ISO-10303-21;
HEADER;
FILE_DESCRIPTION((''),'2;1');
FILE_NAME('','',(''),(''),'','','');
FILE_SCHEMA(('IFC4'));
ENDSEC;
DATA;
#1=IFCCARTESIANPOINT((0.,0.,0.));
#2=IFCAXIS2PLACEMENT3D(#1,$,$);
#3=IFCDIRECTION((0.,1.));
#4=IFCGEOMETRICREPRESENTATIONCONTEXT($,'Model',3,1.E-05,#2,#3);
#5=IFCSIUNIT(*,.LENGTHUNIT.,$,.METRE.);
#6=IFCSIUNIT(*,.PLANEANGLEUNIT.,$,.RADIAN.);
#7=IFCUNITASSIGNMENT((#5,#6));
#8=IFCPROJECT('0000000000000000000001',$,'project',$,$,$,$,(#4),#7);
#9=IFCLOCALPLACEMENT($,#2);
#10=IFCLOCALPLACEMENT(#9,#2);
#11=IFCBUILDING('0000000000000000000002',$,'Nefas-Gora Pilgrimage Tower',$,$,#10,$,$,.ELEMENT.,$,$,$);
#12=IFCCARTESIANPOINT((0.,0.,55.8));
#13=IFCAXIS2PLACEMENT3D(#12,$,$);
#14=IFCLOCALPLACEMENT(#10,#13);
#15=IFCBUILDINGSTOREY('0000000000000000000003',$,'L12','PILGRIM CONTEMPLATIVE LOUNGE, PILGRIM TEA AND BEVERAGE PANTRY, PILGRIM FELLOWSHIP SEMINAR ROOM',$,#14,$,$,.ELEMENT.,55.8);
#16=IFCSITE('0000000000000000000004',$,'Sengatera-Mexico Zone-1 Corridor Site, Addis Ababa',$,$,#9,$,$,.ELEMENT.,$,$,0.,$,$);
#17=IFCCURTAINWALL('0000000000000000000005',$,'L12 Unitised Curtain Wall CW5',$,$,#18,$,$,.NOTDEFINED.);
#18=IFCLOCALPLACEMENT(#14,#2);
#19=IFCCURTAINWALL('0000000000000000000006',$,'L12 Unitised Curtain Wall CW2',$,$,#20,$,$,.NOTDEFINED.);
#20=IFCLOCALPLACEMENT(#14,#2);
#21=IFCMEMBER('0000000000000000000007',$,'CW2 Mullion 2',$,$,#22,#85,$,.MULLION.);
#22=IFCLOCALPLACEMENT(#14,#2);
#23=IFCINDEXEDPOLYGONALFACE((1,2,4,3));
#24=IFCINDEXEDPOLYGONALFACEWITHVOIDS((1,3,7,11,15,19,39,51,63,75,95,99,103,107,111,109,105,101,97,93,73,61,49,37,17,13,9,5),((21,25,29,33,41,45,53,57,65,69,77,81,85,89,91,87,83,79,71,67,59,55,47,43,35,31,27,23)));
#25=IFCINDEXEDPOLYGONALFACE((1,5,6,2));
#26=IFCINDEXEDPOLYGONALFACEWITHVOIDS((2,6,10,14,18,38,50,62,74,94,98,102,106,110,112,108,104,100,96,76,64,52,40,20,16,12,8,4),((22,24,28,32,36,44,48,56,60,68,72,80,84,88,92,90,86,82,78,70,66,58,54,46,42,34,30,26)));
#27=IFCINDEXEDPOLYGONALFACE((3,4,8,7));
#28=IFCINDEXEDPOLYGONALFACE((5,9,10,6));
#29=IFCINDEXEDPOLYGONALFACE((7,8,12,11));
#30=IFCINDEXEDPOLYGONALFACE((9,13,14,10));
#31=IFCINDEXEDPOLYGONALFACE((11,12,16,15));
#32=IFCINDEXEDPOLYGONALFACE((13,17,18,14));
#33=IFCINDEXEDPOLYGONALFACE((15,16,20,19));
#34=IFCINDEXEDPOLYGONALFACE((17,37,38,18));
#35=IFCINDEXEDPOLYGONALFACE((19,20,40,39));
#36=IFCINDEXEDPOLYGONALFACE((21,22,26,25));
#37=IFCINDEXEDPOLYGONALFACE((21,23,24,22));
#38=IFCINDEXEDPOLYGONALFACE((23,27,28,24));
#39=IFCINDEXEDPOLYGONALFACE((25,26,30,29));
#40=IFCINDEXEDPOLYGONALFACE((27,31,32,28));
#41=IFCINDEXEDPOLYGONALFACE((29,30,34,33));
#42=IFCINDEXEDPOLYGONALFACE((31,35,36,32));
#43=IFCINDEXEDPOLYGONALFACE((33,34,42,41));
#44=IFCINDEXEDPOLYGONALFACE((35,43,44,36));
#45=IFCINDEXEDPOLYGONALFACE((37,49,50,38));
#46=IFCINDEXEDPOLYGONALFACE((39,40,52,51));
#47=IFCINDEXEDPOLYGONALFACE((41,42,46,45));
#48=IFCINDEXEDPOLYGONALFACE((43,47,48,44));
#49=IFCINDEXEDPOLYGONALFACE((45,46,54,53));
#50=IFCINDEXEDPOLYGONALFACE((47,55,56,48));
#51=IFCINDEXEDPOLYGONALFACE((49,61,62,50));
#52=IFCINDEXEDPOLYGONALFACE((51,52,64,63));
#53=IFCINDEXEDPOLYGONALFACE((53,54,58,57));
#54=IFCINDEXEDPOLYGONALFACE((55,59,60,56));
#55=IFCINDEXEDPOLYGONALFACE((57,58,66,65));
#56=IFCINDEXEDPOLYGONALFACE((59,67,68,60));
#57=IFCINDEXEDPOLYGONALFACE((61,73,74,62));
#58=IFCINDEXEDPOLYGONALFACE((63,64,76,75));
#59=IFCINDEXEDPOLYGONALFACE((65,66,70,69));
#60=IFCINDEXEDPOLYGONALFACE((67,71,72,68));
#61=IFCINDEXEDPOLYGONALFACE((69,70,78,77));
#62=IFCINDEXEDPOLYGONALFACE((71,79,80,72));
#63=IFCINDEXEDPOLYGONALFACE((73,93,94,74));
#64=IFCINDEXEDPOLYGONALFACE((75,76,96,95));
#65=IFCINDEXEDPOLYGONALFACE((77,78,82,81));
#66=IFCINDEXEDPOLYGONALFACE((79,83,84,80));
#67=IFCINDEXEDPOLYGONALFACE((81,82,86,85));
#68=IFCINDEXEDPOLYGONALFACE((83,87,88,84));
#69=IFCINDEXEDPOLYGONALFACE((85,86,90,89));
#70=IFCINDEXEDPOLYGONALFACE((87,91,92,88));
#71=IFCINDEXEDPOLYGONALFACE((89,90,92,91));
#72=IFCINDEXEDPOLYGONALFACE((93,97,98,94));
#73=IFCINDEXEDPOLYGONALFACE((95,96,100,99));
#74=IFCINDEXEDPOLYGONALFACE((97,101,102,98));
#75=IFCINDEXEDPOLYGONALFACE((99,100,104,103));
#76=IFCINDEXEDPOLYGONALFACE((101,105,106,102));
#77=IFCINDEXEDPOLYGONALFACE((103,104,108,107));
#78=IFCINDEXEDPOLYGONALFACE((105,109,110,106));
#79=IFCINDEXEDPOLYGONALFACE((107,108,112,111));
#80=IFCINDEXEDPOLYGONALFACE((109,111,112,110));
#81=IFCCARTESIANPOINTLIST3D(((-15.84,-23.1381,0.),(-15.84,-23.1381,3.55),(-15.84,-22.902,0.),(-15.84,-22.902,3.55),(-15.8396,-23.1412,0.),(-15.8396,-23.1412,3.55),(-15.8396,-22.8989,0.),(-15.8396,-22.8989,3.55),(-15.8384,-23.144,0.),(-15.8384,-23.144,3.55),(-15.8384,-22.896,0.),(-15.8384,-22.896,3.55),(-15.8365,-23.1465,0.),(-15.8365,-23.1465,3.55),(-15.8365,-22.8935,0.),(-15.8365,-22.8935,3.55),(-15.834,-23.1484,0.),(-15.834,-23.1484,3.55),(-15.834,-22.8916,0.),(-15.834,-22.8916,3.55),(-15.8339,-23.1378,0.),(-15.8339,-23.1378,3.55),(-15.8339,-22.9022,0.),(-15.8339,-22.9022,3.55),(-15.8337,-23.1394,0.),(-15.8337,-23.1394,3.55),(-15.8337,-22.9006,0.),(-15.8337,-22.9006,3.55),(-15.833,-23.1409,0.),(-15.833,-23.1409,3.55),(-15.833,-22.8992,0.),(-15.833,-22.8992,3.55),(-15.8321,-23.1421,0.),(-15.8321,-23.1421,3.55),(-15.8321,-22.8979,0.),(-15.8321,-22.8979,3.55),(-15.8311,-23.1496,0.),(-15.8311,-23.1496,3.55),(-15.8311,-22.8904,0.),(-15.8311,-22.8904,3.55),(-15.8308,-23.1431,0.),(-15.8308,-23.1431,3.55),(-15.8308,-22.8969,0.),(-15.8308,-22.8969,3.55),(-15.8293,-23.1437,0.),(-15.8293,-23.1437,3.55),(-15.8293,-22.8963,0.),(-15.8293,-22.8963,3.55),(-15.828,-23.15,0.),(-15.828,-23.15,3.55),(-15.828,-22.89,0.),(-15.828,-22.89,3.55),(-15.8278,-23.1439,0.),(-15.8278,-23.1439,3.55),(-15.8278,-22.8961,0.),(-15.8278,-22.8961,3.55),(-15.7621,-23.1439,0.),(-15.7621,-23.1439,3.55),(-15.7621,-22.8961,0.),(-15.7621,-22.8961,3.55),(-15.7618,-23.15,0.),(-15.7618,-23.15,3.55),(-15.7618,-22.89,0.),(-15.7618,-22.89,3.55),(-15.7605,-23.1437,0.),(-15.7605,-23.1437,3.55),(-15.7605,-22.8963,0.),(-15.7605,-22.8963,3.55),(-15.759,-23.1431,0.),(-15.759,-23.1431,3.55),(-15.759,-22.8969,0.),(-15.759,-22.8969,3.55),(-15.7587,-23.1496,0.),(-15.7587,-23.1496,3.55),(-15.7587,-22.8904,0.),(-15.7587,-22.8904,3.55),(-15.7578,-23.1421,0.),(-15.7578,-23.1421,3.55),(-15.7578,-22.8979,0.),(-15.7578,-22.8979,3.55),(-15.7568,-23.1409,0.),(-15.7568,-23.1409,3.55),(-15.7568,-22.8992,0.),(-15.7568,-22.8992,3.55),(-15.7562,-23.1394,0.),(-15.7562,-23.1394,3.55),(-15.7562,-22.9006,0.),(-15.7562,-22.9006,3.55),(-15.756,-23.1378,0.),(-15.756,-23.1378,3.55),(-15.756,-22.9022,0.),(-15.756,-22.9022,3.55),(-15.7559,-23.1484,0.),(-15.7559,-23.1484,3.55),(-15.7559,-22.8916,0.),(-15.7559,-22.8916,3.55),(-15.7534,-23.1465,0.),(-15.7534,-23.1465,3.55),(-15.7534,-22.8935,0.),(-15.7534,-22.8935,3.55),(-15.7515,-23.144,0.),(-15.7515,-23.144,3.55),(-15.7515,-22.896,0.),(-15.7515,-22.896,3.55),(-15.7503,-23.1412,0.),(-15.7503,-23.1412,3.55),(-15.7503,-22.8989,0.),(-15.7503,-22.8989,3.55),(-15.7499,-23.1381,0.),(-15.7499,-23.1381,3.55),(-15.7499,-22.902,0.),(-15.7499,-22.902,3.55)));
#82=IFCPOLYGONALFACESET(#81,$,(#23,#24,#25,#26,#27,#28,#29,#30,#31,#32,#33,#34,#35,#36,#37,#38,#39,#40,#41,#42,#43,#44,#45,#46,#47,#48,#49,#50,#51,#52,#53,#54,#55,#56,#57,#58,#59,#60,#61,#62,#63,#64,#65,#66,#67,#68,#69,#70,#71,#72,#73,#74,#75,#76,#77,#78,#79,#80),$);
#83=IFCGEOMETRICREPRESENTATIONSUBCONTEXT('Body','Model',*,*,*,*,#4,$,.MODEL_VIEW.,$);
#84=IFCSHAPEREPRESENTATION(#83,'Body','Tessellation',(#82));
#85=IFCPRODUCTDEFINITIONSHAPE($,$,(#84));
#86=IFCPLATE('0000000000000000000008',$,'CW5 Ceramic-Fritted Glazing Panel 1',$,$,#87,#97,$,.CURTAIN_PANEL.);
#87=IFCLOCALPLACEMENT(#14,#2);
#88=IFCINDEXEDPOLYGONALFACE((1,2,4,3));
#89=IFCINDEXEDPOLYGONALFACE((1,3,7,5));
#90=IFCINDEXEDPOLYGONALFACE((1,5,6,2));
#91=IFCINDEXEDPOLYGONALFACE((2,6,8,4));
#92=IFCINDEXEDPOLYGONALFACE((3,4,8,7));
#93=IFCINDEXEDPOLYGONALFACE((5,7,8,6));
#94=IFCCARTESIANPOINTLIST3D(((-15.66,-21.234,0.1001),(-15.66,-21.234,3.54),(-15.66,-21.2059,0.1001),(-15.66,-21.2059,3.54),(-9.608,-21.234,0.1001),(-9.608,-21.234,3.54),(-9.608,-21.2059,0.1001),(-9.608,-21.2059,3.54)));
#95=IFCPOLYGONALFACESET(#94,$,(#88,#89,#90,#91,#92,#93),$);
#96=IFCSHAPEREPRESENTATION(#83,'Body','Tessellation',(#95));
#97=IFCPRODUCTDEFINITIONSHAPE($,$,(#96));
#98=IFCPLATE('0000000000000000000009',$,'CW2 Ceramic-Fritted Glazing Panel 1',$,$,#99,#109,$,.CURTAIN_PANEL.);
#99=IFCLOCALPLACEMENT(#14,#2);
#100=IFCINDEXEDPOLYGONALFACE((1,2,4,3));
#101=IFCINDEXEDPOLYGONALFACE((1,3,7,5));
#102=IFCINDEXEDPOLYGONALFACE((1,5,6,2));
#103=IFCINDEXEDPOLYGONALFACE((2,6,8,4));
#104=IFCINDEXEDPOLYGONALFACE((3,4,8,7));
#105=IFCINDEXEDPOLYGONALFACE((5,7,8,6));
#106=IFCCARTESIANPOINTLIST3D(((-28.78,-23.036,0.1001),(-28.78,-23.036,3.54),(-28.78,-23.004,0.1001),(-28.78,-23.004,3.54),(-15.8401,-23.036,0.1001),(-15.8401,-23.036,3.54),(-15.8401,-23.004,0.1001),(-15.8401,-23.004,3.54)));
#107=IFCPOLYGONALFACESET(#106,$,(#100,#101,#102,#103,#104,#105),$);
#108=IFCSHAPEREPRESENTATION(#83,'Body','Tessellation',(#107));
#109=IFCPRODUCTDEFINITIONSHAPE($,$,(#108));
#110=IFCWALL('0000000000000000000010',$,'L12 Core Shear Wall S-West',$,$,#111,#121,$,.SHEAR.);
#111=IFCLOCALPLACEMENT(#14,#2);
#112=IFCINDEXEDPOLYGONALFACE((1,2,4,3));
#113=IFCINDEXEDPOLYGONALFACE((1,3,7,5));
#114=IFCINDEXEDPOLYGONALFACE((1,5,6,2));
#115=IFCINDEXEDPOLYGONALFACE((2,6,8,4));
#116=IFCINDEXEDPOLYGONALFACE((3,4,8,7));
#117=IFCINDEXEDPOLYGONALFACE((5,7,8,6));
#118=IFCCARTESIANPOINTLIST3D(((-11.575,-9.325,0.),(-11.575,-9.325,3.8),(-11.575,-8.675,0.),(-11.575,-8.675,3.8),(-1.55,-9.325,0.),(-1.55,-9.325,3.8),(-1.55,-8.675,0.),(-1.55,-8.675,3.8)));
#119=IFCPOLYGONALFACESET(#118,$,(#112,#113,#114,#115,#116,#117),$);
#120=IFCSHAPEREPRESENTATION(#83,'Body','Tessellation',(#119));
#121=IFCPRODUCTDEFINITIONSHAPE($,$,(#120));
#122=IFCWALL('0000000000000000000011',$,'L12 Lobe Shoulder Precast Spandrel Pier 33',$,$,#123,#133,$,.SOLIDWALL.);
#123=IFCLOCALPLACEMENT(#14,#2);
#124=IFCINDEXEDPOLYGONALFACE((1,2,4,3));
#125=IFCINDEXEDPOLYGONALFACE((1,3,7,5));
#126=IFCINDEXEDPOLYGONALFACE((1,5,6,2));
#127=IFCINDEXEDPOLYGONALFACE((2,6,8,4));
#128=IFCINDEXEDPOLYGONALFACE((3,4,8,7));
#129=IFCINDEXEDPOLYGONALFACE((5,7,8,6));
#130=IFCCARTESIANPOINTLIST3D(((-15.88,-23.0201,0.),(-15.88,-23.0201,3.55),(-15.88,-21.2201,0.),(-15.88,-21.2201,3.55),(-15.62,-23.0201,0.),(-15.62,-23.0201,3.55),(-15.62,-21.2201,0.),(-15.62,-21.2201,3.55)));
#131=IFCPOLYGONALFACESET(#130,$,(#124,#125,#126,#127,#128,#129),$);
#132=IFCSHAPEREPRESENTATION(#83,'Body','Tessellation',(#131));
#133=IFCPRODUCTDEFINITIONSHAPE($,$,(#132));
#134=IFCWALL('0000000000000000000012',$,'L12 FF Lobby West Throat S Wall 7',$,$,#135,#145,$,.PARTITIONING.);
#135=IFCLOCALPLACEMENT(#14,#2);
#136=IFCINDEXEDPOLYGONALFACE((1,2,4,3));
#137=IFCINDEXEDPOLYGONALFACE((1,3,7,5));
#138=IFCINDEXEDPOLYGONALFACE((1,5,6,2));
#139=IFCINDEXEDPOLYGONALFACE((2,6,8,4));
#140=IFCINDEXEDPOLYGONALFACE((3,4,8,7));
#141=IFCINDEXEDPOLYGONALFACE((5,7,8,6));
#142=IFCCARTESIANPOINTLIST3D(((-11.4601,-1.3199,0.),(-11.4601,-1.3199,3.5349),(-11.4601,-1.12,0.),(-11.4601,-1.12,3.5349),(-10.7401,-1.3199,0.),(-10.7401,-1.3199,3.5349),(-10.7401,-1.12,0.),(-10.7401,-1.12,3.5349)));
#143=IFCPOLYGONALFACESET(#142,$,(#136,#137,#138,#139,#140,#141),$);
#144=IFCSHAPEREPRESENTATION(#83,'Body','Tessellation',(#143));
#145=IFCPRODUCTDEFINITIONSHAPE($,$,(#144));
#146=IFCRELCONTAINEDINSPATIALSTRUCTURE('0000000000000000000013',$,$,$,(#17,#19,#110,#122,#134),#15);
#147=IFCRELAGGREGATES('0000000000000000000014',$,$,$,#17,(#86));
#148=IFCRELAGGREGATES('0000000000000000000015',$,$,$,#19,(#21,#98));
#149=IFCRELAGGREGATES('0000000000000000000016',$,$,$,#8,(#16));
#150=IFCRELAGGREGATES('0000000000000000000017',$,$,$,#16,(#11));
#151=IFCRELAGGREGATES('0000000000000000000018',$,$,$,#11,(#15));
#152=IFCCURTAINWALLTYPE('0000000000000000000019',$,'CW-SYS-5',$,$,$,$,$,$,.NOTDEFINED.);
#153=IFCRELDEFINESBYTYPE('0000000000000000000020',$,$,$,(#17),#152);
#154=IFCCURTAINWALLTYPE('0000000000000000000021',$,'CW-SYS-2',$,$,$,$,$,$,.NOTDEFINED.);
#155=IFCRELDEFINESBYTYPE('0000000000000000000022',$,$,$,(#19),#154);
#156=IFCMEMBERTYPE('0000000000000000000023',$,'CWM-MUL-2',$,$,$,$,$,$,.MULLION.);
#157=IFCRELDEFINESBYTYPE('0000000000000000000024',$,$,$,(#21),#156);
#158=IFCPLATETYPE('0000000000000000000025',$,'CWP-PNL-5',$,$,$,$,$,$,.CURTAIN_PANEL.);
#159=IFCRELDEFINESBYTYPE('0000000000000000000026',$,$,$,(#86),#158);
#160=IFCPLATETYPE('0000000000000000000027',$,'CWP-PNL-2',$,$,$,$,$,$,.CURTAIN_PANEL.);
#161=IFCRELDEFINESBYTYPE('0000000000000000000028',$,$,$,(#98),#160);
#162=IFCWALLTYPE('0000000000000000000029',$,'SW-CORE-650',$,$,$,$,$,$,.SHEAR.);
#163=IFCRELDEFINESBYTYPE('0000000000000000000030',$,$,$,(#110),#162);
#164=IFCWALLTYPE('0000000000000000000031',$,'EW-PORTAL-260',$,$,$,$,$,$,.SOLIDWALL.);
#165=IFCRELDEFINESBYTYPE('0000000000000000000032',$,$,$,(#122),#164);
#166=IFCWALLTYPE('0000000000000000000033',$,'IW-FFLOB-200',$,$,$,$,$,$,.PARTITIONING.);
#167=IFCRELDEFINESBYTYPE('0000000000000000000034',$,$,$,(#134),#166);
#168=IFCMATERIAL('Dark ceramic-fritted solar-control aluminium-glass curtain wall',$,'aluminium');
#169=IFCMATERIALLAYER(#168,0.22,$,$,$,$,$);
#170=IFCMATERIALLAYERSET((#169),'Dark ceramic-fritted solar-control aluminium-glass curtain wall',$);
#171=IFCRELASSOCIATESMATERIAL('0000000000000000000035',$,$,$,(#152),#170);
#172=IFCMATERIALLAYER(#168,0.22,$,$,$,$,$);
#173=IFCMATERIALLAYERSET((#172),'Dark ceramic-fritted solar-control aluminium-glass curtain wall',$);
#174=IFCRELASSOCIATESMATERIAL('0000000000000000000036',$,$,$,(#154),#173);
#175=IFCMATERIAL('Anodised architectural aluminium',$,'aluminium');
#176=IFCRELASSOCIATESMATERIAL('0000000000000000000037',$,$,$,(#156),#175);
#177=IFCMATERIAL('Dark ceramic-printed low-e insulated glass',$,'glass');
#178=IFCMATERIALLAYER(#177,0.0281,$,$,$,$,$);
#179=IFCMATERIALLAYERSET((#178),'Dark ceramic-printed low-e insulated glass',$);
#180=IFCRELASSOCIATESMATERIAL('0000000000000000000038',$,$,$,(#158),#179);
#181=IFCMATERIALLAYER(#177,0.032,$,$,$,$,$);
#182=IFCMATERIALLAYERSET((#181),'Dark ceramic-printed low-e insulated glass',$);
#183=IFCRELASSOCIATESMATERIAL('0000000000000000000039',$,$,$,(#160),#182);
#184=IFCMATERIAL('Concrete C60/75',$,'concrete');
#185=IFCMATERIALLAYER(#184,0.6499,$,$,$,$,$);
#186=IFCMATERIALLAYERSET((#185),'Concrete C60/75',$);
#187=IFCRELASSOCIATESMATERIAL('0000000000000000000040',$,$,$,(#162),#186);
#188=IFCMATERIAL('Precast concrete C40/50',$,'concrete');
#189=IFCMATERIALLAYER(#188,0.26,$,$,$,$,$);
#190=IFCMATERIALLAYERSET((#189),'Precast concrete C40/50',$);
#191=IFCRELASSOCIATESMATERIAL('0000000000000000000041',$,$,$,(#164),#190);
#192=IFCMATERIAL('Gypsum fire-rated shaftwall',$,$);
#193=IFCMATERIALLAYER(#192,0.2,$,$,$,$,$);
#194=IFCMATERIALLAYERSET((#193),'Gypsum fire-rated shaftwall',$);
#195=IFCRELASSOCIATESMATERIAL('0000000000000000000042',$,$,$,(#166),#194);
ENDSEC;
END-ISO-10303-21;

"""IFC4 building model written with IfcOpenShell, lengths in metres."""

from ifc_helpers import new_model, si_unit, direction, frame, frame_2d, origin, origin_2d, place, context, subcontext, project, spatial, rectangle, hollow_rectangle, extrude, source, transform, mapped, material, layer, layer_set, material_profile, profile_set, type_object, element, aggregate, save


model = new_model("IFC4")

# Units and contexts
model_context = context("Model", 3, precision=1e-05, world=origin(), true_north=direction((0.0, 1.0)))
body_context = subcontext(model_context, "Body", "Model", "MODEL_VIEW")
ifc_project = project(units=[si_unit("LENGTHUNIT", "METRE"), si_unit("PLANEANGLEUNIT", "RADIAN")], contexts=[model_context])

# Site, building, storey
site_placement = place(None, origin())
site = spatial("IfcSite", under=ifc_project, at=site_placement, Name="Sengatera-Mexico Zone-1 Corridor Site, Addis Ababa", CompositionType="ELEMENT", RefElevation=0.0)
building_placement = place(site_placement, origin())
building = spatial("IfcBuilding", under=site, at=building_placement, Name="Nefas-Gora Pilgrimage Tower", CompositionType="ELEMENT")
storey_placement = place(building_placement, frame((0.0, 0.0, 55.8)))
storey = spatial("IfcBuildingStorey", under=building, at=storey_placement, Name="L12", Description="PILGRIM CONTEMPLATIVE LOUNGE, PILGRIM TEA AND BEVERAGE PANTRY, PILGRIM FELLOWSHIP SEMINAR ROOM", CompositionType="ELEMENT", Elevation=55.8)

# Curtain wall
ifc_material_1 = material(Name="Dark ceramic-fritted solar-control aluminium-glass curtain wall", Category="aluminium")
ifc_layer_1 = layer(ifc_material_1, 0.22)
ifc_layer_set_1 = layer_set([ifc_layer_1], Name="Dark ceramic-fritted solar-control aluminium-glass curtain wall")
curtain_wall_type_1 = type_object("IfcCurtainWallType", Name="CW-SYS-5", PredefinedType="NOTDEFINED", material=ifc_layer_set_1)
curtain_wall_1_placement = place(storey_placement, origin())
curtain_wall_1 = element("IfcCurtainWall", 1, at=curtain_wall_1_placement, inside=storey, type_object=curtain_wall_type_1, Name="L12 Unitised Curtain Wall CW5", PredefinedType="NOTDEFINED")
ifc_material_2 = material(Name="Anodised architectural aluminium", Category="aluminium")

# Curtain wall, member
ifc_layer_2 = layer(ifc_material_1, 0.22)
ifc_layer_set_2 = layer_set([ifc_layer_2], Name="Dark ceramic-fritted solar-control aluminium-glass curtain wall")
curtain_wall_type_2 = type_object("IfcCurtainWallType", Name="CW-SYS-2", PredefinedType="NOTDEFINED", material=ifc_layer_set_2)
curtain_wall_2_placement = place(storey_placement, origin())
curtain_wall_2 = element("IfcCurtainWall", 2, at=curtain_wall_2_placement, inside=storey, type_object=curtain_wall_type_2, Name="L12 Unitised Curtain Wall CW2", PredefinedType="NOTDEFINED")
ifc_material_profile_1 = material_profile(ifc_material_2, hollow_rectangle(XDim=0.0901, YDim=0.26, WallThickness=0.0061, InnerFilletRadius=0.0061, OuterFilletRadius=0.012, at=origin_2d()), Name="ALU MULLION 90x260")
ifc_profile_set_1 = profile_set([ifc_material_profile_1], Name="Anodised architectural aluminium")
member_type_1 = type_object("IfcMemberType", Name="CWM-MUL-2", PredefinedType="MULLION", material=ifc_profile_set_1)
shared_shape_1 = source(origin(), body_context, "Body", "SweptSolid", [
    extrude(hollow_rectangle(XDim=0.0901, YDim=0.26, WallThickness=0.0061, InnerFilletRadius=0.0061, OuterFilletRadius=0.012, at=origin_2d()), origin(), (0.0, 0.0, 1.0), 3.55),
])
member_1_placement = place(storey_placement, frame((-15.7949, -23.02, 0.0), z_axis=(0.0, 0.0, 1.0), x_axis=(1.0, 0.0, 0.0)))
member_1 = element("IfcMember", 3, at=member_1_placement, type_object=member_type_1, Name="CW2 Mullion 2", PredefinedType="MULLION", context=body_context, shape_type="MappedRepresentation", body=[
    mapped(shared_shape_1, transform((0.0, 0.0, 0.0), x_axis=(1.0, 0.0, 0.0), y_axis=(0.0, 1.0, 0.0), z_axis=(0.0, 0.0, 1.0), scale=1.0)),
])

# Plates
ifc_material_3 = material(Name="Dark ceramic-printed low-e insulated glass", Category="glass")
ifc_layer_3 = layer(ifc_material_3, 0.0281)
ifc_layer_set_3 = layer_set([ifc_layer_3], Name="Dark ceramic-printed low-e insulated glass")
plate_type_1 = type_object("IfcPlateType", Name="CWP-PNL-5", PredefinedType="CURTAIN_PANEL", material=ifc_layer_set_3)
shared_shape_2 = source(origin(), body_context, "Body", "SweptSolid", [
    extrude(rectangle(XDim=6.052, YDim=0.0281, at=origin_2d()), origin(), (0.0, 0.0, 1.0), 3.4399),
])
plate_1_placement = place(storey_placement, frame((-12.634, -21.22, 0.1001), z_axis=(0.0, 0.0, 1.0), x_axis=(1.0, 0.0, 0.0)))
plate_1 = element("IfcPlate", 4, at=plate_1_placement, type_object=plate_type_1, Name="CW5 Ceramic-Fritted Glazing Panel 1", PredefinedType="CURTAIN_PANEL", context=body_context, shape_type="MappedRepresentation", body=[
    mapped(shared_shape_2, transform((0.0, 0.0, 0.0), x_axis=(1.0, 0.0, 0.0), y_axis=(0.0, 1.0, 0.0), z_axis=(0.0, 0.0, 1.0), scale=1.0)),
])
aggregate(curtain_wall_1, [plate_1])
ifc_layer_4 = layer(ifc_material_3, 0.032)
ifc_layer_set_4 = layer_set([ifc_layer_4], Name="Dark ceramic-printed low-e insulated glass")
plate_type_2 = type_object("IfcPlateType", Name="CWP-PNL-2", PredefinedType="CURTAIN_PANEL", material=ifc_layer_set_4)
shared_shape_3 = source(origin(), body_context, "Body", "SweptSolid", [
    extrude(rectangle(XDim=12.9399, YDim=0.032, at=origin_2d()), origin(), (0.0, 0.0, 1.0), 3.4399),
])
plate_2_placement = place(storey_placement, frame((-22.3101, -23.02, 0.1001), z_axis=(0.0, 0.0, 1.0), x_axis=(1.0, 0.0, 0.0)))
plate_2 = element("IfcPlate", 5, at=plate_2_placement, type_object=plate_type_2, Name="CW2 Ceramic-Fritted Glazing Panel 1", PredefinedType="CURTAIN_PANEL", context=body_context, shape_type="MappedRepresentation", body=[
    mapped(shared_shape_3, transform((0.0, 0.0, 0.0), x_axis=(1.0, 0.0, 0.0), y_axis=(0.0, 1.0, 0.0), z_axis=(0.0, 0.0, 1.0), scale=1.0)),
])
aggregate(curtain_wall_2, [member_1, plate_2])

# Walls
ifc_material_4 = material(Name="Concrete C60/75", Category="concrete")
ifc_layer_5 = layer(ifc_material_4, 0.6499)
ifc_layer_set_5 = layer_set([ifc_layer_5], Name="Concrete C60/75")
wall_type_1 = type_object("IfcWallType", Name="SW-CORE-650", PredefinedType="SHEAR", material=ifc_layer_set_5)
shared_shape_4 = source(origin(), body_context, "Body", "SweptSolid", [
    extrude(rectangle(XDim=10.0249, YDim=0.6499, at=frame_2d((5.0125, 0.0))), origin(), (0.0, 0.0, 1.0), 3.8),
])
wall_1_placement = place(storey_placement, frame((-11.575, -9.0, 0.0), z_axis=(0.0, 0.0, 1.0), x_axis=(1.0, 0.0, 0.0)))
element("IfcWall", 6, at=wall_1_placement, inside=storey, type_object=wall_type_1, Name="L12 Core Shear Wall S-West", PredefinedType="SHEAR", context=body_context, shape_type="MappedRepresentation", body=[
    mapped(shared_shape_4, transform((0.0, 0.0, 0.0), x_axis=(1.0, 0.0, 0.0), y_axis=(0.0, 1.0, 0.0), z_axis=(0.0, 0.0, 1.0), scale=1.0)),
])
ifc_material_5 = material(Name="Precast concrete C40/50", Category="concrete")
ifc_layer_6 = layer(ifc_material_5, 0.26)
ifc_layer_set_6 = layer_set([ifc_layer_6], Name="Precast concrete C40/50")
wall_type_2 = type_object("IfcWallType", Name="EW-PORTAL-260", PredefinedType="SOLIDWALL", material=ifc_layer_set_6)
shared_shape_5 = source(origin(), body_context, "Body", "SweptSolid", [
    extrude(rectangle(XDim=1.8, YDim=0.26, at=frame_2d((0.8999, 0.0))), origin(), (0.0, 0.0, 1.0), 3.55),
])
wall_2_placement = place(storey_placement, frame((-15.75, -23.02, 0.0), z_axis=(0.0, 0.0, 1.0), x_axis=(0.0, 1.0, 0.0)))
element("IfcWall", 7, at=wall_2_placement, inside=storey, type_object=wall_type_2, Name="L12 Lobe Shoulder Precast Spandrel Pier 33", PredefinedType="SOLIDWALL", context=body_context, shape_type="MappedRepresentation", body=[
    mapped(shared_shape_5, transform((0.0, 0.0, 0.0), x_axis=(1.0, 0.0, 0.0), y_axis=(0.0, 1.0, 0.0), z_axis=(0.0, 0.0, 1.0), scale=1.0)),
])

# Shared definitions
ifc_material_6 = material(Name="Gypsum fire-rated shaftwall")
ifc_layer_7 = layer(ifc_material_6, 0.2)
ifc_layer_set_7 = layer_set([ifc_layer_7], Name="Gypsum fire-rated shaftwall")
wall_type_3 = type_object("IfcWallType", Name="IW-FFLOB-200", PredefinedType="PARTITIONING", material=ifc_layer_set_7)

# Wall
shared_shape_6 = source(origin(), body_context, "Body", "SweptSolid", [
    extrude(rectangle(XDim=0.72, YDim=0.2, at=frame_2d((0.3599, 0.0))), origin(), (0.0, 0.0, 1.0), 3.5349),
])
wall_3_placement = place(storey_placement, frame((-11.46, -1.22, 0.0), z_axis=(0.0, 0.0, 1.0), x_axis=(1.0, 0.0, 0.0)))
element("IfcWall", 8, at=wall_3_placement, inside=storey, type_object=wall_type_3, Name="L12 FF Lobby West Throat S Wall 7", PredefinedType="PARTITIONING", context=body_context, shape_type="MappedRepresentation", body=[
    mapped(shared_shape_6, transform((0.0, 0.0, 0.0), x_axis=(1.0, 0.0, 0.0), y_axis=(0.0, 1.0, 0.0), z_axis=(0.0, 0.0, 1.0), scale=1.0)),
])

save(model, "model.ifc")
